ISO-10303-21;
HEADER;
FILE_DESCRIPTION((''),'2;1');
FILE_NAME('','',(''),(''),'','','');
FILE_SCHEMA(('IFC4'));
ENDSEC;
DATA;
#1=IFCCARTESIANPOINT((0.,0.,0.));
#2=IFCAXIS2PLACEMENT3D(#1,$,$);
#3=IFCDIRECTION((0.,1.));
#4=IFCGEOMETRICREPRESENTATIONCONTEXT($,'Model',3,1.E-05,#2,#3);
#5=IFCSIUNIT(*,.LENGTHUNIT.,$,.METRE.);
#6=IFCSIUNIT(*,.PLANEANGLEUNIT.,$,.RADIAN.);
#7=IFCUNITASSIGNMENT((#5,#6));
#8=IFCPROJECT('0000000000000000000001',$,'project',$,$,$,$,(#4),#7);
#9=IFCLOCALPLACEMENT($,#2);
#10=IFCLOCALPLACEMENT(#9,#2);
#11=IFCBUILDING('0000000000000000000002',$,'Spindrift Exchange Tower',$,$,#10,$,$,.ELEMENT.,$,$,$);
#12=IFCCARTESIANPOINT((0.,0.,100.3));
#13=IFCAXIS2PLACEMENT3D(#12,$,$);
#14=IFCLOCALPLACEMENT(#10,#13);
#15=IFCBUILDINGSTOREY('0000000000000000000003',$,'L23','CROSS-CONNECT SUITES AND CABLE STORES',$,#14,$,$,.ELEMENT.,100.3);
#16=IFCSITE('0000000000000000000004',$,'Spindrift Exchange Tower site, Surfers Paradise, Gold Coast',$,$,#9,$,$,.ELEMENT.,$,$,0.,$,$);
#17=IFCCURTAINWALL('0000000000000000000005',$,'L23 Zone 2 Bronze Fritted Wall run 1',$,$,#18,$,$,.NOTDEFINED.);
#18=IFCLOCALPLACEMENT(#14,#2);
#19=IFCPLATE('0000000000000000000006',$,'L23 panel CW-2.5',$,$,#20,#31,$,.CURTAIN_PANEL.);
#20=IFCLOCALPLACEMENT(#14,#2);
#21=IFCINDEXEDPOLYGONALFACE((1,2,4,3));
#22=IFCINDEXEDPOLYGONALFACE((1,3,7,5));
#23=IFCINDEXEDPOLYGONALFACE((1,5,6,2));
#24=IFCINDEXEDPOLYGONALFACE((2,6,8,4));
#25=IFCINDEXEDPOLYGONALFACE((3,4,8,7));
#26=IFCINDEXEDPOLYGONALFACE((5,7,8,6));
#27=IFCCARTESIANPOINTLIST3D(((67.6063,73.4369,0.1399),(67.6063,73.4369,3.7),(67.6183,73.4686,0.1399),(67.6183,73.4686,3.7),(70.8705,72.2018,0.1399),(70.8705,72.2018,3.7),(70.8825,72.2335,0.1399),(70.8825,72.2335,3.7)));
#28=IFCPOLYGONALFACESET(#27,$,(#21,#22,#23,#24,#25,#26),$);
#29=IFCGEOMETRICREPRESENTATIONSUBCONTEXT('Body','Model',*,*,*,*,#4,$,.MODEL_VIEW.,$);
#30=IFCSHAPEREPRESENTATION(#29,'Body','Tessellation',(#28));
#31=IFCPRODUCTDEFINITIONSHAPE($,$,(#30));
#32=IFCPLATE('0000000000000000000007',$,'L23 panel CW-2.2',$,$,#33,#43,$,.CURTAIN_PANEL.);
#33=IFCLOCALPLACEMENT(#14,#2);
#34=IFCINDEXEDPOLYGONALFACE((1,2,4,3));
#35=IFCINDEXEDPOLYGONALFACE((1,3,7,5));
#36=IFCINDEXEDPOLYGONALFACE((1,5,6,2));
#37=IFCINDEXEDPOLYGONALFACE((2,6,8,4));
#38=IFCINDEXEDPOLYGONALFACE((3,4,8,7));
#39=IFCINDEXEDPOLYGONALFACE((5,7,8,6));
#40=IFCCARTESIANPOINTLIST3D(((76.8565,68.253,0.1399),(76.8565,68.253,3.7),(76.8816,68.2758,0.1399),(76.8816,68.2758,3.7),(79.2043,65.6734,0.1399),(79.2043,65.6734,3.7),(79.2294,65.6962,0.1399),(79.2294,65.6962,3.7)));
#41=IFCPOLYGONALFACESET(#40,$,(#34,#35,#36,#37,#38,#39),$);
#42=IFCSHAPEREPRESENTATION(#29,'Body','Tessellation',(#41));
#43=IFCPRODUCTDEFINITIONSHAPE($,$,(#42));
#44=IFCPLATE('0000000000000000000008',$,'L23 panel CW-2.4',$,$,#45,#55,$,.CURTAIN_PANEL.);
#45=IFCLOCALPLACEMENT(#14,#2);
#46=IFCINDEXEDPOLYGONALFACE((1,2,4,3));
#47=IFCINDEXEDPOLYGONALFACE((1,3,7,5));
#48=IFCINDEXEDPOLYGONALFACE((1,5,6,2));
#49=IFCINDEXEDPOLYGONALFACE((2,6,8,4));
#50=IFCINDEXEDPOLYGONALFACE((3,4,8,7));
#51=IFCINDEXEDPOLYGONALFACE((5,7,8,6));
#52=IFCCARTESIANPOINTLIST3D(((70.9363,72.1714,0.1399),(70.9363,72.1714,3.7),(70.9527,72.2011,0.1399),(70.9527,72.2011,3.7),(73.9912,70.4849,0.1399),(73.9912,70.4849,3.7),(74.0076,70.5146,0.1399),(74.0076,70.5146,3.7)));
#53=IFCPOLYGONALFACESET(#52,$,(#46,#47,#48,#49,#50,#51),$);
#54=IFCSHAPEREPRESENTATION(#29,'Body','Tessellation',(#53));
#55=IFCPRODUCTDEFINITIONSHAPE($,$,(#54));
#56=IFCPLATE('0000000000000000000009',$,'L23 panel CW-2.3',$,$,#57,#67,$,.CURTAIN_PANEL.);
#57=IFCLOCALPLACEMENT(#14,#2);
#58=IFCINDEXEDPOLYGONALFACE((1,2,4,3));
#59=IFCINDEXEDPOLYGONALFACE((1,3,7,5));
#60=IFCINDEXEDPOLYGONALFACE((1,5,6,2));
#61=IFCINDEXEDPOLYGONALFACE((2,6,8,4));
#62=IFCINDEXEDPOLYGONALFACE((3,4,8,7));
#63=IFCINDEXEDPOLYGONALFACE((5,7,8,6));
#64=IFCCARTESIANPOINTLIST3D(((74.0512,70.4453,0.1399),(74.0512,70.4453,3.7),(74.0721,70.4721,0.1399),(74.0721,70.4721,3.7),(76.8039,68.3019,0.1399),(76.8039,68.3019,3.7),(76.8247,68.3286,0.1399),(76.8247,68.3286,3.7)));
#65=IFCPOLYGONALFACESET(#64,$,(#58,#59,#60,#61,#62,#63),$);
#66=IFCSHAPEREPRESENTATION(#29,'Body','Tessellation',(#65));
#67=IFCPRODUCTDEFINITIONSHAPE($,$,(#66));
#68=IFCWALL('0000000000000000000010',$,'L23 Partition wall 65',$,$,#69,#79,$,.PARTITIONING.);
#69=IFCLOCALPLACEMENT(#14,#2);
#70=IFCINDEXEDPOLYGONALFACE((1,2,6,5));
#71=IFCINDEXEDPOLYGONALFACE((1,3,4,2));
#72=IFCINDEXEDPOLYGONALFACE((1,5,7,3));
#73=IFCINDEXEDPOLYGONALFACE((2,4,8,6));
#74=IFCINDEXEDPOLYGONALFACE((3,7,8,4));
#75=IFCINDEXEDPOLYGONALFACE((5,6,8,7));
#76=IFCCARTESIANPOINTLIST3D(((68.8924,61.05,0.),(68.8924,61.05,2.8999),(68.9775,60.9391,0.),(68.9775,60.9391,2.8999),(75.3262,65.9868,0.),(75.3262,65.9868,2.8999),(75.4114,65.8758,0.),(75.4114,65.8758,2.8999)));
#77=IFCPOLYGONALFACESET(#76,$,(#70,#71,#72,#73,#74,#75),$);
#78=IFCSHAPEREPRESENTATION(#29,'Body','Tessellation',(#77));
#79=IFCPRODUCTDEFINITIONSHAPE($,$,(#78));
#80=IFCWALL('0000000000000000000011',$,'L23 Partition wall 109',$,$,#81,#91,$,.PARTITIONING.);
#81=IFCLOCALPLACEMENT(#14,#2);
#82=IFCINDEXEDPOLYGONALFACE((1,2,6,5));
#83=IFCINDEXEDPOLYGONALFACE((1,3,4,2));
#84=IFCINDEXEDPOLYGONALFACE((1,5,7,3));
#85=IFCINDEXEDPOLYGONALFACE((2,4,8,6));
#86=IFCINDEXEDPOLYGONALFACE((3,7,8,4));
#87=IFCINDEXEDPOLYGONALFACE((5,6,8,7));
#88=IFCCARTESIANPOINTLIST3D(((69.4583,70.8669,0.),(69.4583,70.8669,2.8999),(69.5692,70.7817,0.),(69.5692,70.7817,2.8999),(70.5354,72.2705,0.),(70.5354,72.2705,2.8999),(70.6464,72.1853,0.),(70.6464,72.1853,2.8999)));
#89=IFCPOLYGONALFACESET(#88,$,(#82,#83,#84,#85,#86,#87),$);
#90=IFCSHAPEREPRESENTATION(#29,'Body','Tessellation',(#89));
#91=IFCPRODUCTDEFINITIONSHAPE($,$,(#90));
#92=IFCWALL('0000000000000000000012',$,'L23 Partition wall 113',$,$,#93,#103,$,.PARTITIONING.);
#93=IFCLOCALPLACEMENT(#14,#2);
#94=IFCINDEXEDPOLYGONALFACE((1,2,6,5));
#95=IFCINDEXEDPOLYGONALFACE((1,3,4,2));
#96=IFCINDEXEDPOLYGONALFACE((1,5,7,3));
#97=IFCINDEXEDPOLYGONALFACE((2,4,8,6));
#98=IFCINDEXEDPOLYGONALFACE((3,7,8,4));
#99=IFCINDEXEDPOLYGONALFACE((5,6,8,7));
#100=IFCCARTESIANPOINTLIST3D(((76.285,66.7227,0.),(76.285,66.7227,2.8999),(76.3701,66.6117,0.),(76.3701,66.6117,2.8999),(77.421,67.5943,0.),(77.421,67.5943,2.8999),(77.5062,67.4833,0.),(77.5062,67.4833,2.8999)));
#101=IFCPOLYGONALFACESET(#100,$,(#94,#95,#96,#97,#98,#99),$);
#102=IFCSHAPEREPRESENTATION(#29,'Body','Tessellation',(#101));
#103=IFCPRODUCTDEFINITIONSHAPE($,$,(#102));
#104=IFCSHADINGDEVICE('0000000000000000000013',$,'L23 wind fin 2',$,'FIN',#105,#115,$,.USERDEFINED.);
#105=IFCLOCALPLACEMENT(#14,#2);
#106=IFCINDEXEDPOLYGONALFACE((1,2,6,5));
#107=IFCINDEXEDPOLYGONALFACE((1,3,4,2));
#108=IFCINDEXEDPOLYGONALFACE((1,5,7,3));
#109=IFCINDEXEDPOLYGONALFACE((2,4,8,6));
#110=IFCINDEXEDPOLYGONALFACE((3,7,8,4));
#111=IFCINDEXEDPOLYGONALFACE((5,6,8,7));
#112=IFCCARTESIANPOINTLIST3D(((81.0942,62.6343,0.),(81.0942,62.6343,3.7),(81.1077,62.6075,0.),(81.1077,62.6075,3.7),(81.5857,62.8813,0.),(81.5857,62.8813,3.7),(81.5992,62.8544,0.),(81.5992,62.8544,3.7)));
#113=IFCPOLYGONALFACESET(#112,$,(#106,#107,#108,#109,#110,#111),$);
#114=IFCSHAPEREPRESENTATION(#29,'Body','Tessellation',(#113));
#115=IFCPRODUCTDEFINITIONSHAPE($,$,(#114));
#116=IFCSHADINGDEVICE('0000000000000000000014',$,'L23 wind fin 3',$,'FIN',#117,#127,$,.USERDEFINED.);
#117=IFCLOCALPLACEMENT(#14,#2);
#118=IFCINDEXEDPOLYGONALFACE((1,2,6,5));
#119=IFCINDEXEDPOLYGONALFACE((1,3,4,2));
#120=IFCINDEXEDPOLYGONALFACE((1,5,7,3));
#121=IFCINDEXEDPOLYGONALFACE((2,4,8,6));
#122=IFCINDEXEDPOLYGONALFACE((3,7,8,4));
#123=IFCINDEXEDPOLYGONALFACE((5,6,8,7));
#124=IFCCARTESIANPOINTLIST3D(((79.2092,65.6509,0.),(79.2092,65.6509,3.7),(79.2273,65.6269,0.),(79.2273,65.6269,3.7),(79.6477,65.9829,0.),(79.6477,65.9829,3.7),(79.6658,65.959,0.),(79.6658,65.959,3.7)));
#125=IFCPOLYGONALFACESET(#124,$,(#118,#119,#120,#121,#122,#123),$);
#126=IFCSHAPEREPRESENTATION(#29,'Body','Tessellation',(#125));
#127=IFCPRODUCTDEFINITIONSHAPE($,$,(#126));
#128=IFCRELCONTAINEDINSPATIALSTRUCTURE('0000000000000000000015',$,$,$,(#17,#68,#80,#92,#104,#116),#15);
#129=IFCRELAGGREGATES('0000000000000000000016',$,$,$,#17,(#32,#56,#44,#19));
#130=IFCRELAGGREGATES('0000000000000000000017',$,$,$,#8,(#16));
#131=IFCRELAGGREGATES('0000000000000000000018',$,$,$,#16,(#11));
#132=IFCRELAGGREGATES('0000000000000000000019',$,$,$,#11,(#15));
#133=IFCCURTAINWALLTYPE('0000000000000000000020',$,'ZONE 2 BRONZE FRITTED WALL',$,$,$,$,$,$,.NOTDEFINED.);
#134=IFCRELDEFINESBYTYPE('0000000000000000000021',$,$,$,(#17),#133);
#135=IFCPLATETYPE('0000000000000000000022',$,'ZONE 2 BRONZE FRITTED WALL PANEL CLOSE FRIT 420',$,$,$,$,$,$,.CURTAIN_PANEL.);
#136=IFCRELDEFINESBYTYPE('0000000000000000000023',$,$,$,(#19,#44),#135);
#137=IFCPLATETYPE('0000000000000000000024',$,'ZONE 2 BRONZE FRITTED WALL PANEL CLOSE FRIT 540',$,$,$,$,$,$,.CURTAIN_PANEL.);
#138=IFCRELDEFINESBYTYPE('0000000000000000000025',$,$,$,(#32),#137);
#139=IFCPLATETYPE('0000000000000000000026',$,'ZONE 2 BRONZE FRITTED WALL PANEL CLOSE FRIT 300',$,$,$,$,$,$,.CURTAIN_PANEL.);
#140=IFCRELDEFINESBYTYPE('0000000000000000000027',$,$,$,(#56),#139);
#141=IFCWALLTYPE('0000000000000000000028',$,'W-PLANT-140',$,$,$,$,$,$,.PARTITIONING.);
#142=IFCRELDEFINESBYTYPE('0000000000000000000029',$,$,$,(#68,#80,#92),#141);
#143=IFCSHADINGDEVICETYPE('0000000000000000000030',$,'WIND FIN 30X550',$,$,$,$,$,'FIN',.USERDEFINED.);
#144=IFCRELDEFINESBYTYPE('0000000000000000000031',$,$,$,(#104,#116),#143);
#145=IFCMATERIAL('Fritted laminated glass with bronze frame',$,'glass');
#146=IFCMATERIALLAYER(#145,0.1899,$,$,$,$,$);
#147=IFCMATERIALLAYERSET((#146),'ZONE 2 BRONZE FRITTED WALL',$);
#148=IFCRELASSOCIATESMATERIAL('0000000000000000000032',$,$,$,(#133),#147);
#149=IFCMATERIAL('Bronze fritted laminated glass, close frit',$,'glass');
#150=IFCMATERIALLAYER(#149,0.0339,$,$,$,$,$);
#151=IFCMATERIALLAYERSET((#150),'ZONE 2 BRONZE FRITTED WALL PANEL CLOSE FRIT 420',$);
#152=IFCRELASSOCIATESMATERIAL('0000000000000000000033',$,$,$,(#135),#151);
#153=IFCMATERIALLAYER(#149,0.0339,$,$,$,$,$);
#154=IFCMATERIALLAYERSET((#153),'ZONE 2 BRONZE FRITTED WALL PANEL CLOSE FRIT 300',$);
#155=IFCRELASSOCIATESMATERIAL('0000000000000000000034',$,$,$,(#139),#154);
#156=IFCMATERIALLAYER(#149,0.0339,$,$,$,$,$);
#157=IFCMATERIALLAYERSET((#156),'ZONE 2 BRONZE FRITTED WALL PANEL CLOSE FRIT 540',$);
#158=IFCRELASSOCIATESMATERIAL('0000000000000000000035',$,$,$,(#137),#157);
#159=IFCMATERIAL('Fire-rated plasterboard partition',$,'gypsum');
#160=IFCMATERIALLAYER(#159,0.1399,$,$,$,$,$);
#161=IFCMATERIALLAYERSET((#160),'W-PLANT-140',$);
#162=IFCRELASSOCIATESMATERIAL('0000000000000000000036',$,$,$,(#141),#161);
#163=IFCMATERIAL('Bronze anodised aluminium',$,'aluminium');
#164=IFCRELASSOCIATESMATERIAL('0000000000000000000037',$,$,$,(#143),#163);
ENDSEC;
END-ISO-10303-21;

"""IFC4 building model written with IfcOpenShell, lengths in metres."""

from ifc_helpers import new_model, si_unit, direction, frame, frame_2d, origin, origin_2d, place, context, subcontext, project, spatial, rectangle, extrude, source, transform, mapped, material, layer, layer_set, material_profile, profile_set, type_object, element, aggregate, save


model = new_model("IFC4")

# Units and contexts
model_context = context("Model", 3, precision=1e-05, world=origin(), true_north=direction((0.0, 1.0)))
body_context = subcontext(model_context, "Body", "Model", "MODEL_VIEW")
ifc_project = project(units=[si_unit("LENGTHUNIT", "METRE"), si_unit("PLANEANGLEUNIT", "RADIAN")], contexts=[model_context])

# Site, building, storey
site_placement = place(None, origin())
site = spatial("IfcSite", under=ifc_project, at=site_placement, Name="Spindrift Exchange Tower site, Surfers Paradise, Gold Coast", CompositionType="ELEMENT", RefElevation=0.0)
building_placement = place(site_placement, origin())
building = spatial("IfcBuilding", under=site, at=building_placement, Name="Spindrift Exchange Tower", CompositionType="ELEMENT")
storey_placement = place(building_placement, frame((0.0, 0.0, 100.3)))
storey = spatial("IfcBuildingStorey", under=building, at=storey_placement, Name="L23", Description="CROSS-CONNECT SUITES AND CABLE STORES", CompositionType="ELEMENT", Elevation=100.3)

# Curtain wall
ifc_material_1 = material(Name="Fritted laminated glass with bronze frame", Category="glass")
ifc_layer_1 = layer(ifc_material_1, 0.1899)
ifc_layer_set_1 = layer_set([ifc_layer_1], Name="ZONE 2 BRONZE FRITTED WALL")
curtain_wall_type = type_object("IfcCurtainWallType", Name="ZONE 2 BRONZE FRITTED WALL", PredefinedType="NOTDEFINED", material=ifc_layer_set_1)
curtain_wall_1_placement = place(storey_placement, origin())
curtain_wall_1 = element("IfcCurtainWall", 1, at=curtain_wall_1_placement, inside=storey, type_object=curtain_wall_type, Name="L23 Zone 2 Bronze Fritted Wall run 1", PredefinedType="NOTDEFINED")
ifc_material_2 = material(Name="Bronze anodised aluminium", Category="aluminium")
ifc_material_3 = material(Name="Bronze fritted laminated glass, close frit", Category="glass")
ifc_layer_2 = layer(ifc_material_3, 0.0339)
ifc_layer_set_2 = layer_set([ifc_layer_2], Name="ZONE 2 BRONZE FRITTED WALL PANEL CLOSE FRIT 420")
plate_type_1 = type_object("IfcPlateType", Name="ZONE 2 BRONZE FRITTED WALL PANEL CLOSE FRIT 420", PredefinedType="CURTAIN_PANEL", material=ifc_layer_set_2)

# Shared definitions
ifc_layer_3 = layer(ifc_material_3, 0.0339)
ifc_layer_set_3 = layer_set([ifc_layer_3], Name="ZONE 2 BRONZE FRITTED WALL PANEL CLOSE FRIT 300")
plate_type_2 = type_object("IfcPlateType", Name="ZONE 2 BRONZE FRITTED WALL PANEL CLOSE FRIT 300", PredefinedType="CURTAIN_PANEL", material=ifc_layer_set_3)

# Plates
shared_shape_1 = source(origin(), body_context, "Body", "SweptSolid", [
    extrude(rectangle(XDim=3.49, YDim=0.0339, at=origin_2d()), origin(), (0.0, 0.0, 1.0), 3.5601),
])
plate_1_placement = place(storey_placement, frame((69.2444, 72.8352, 0.1399), z_axis=(0.0, 0.0, 1.0), x_axis=(-0.935288, 0.353886, 0.0)))
plate_1 = element("IfcPlate", 2, at=plate_1_placement, type_object=plate_type_1, Name="L23 panel CW-2.5", PredefinedType="CURTAIN_PANEL", context=body_context, shape_type="MappedRepresentation", body=[
    mapped(shared_shape_1, transform((0.0, 0.0, 0.0), scale=1.0)),
])
ifc_layer_4 = layer(ifc_material_3, 0.0339)
ifc_layer_set_4 = layer_set([ifc_layer_4], Name="ZONE 2 BRONZE FRITTED WALL PANEL CLOSE FRIT 540")
plate_type_3 = type_object("IfcPlateType", Name="ZONE 2 BRONZE FRITTED WALL PANEL CLOSE FRIT 540", PredefinedType="CURTAIN_PANEL", material=ifc_layer_set_4)
shared_shape_2 = source(origin(), body_context, "Body", "SweptSolid", [
    extrude(rectangle(XDim=3.488, YDim=0.0339, at=origin_2d()), origin(), (0.0, 0.0, 1.0), 3.5601),
])
plate_2_placement = place(storey_placement, frame((78.043, 66.9746, 0.1399), z_axis=(0.0, 0.0, 1.0), x_axis=(-0.673096, 0.739555, 0.0)))
plate_2 = element("IfcPlate", 3, at=plate_2_placement, type_object=plate_type_3, Name="L23 panel CW-2.2", PredefinedType="CURTAIN_PANEL", context=body_context, shape_type="MappedRepresentation", body=[
    mapped(shared_shape_2, transform((0.0, 0.0, 0.0), scale=1.0)),
])
shared_shape_3 = source(origin(), body_context, "Body", "SweptSolid", [
    extrude(rectangle(XDim=3.4895, YDim=0.0339, at=origin_2d()), origin(), (0.0, 0.0, 1.0), 3.5601),
])
plate_3_placement = place(storey_placement, frame((72.4719, 71.343, 0.1399), z_axis=(0.0, 0.0, 1.0), x_axis=(-0.875454, 0.483302, 0.0)))
plate_3 = element("IfcPlate", 4, at=plate_3_placement, type_object=plate_type_1, Name="L23 panel CW-2.4", PredefinedType="CURTAIN_PANEL", context=body_context, shape_type="MappedRepresentation", body=[
    mapped(shared_shape_3, transform((0.0, 0.0, 0.0), scale=1.0)),
])
shared_shape_4 = source(origin(), body_context, "Body", "SweptSolid", [
    extrude(rectangle(XDim=3.4888, YDim=0.0339, at=origin_2d()), origin(), (0.0, 0.0, 1.0), 3.5601),
])
plate_4_placement = place(storey_placement, frame((75.438, 69.387, 0.1399), z_axis=(0.0, 0.0, 1.0), x_axis=(-0.789006, 0.614386, 0.0)))
plate_4 = element("IfcPlate", 5, at=plate_4_placement, type_object=plate_type_2, Name="L23 panel CW-2.3", PredefinedType="CURTAIN_PANEL", context=body_context, shape_type="MappedRepresentation", body=[
    mapped(shared_shape_4, transform((0.0, 0.0, 0.0), scale=1.0)),
])
aggregate(curtain_wall_1, [plate_2, plate_4, plate_3, plate_1])

# Walls
ifc_material_4 = material(Name="Fire-rated plasterboard partition", Category="gypsum")
ifc_layer_5 = layer(ifc_material_4, 0.1399)
ifc_layer_set_5 = layer_set([ifc_layer_5], Name="W-PLANT-140")
wall_type = type_object("IfcWallType", Name="W-PLANT-140", PredefinedType="PARTITIONING", material=ifc_layer_set_5)
wall_1_placement = place(storey_placement, frame((68.9351, 60.9946, 0.0), z_axis=(0.0, 0.0, 1.0), x_axis=(0.793359, 0.608754, 0.0)))
element("IfcWall", 6, at=wall_1_placement, inside=storey, type_object=wall_type, Name="L23 Partition wall 65", PredefinedType="PARTITIONING", context=body_context, shape_type="SweptSolid", body=[
    extrude(rectangle(XDim=8.1096, YDim=0.1399, at=frame_2d((4.0547, 0.0))), origin(), (0.0, 0.0, 1.0), 2.8999),
])
wall_2_placement = place(storey_placement, frame((69.5137, 70.8242, 0.0), z_axis=(0.0, 0.0, 1.0), x_axis=(0.608817, 0.793311, 0.0)))
element("IfcWall", 7, at=wall_2_placement, inside=storey, type_object=wall_type, Name="L23 Partition wall 109", PredefinedType="PARTITIONING", context=body_context, shape_type="SweptSolid", body=[
    extrude(rectangle(XDim=1.7693, YDim=0.1399, at=frame_2d((0.8848, 0.0))), origin(), (0.0, 0.0, 1.0), 2.8999),
])
wall_3_placement = place(storey_placement, frame((76.3276, 66.6672, 0.0), z_axis=(0.0, 0.0, 1.0), x_axis=(0.793384, 0.608721, 0.0)))
element("IfcWall", 8, at=wall_3_placement, inside=storey, type_object=wall_type, Name="L23 Partition wall 113", PredefinedType="PARTITIONING", context=body_context, shape_type="SweptSolid", body=[
    extrude(rectangle(XDim=1.4319, YDim=0.1399, at=frame_2d((0.7158, 0.0))), origin(), (0.0, 0.0, 1.0), 2.8999),
])

# Shading devices
ifc_material_profile_1 = material_profile(ifc_material_2, rectangle(XDim=0.03, YDim=0.55, at=origin_2d()), Name="WIND FIN 30X550")
ifc_profile_set_1 = profile_set([ifc_material_profile_1], Name="Bronze anodised aluminium")
shading_device_type = type_object("IfcShadingDeviceType", Name="WIND FIN 30X550", ElementType="FIN", PredefinedType="USERDEFINED", material=ifc_profile_set_1)
shared_shape_5 = source(origin(), body_context, "Body", "SweptSolid", [
    extrude(rectangle(XDim=0.03, YDim=0.55, at=origin_2d()), origin(), (0.0, 0.0, 1.0), 3.7),
])
for number, where, z_axis, x_axis, name in (
    (9, (81.3467, 62.7444, 0.0), (0.0, 0.0, 1.0), (-0.448949, 0.893557, 0.0), "L23 wind fin 2"),
    (10, (79.4375, 65.8049, 0.0), (0.0, 0.0, 1.0), (-0.603649, 0.79725, 0.0), "L23 wind fin 3"),
):
    element("IfcShadingDevice", number, at=place(storey_placement, frame(where, z_axis=z_axis, x_axis=x_axis)), inside=storey, type_object=shading_device_type, Name=name, ObjectType="FIN", PredefinedType="USERDEFINED", context=body_context, shape_type="MappedRepresentation", body=[
        mapped(shared_shape_5, transform((0.0, 0.0, 0.0), scale=1.0)),
    ])

save(model, "model.ifc")
